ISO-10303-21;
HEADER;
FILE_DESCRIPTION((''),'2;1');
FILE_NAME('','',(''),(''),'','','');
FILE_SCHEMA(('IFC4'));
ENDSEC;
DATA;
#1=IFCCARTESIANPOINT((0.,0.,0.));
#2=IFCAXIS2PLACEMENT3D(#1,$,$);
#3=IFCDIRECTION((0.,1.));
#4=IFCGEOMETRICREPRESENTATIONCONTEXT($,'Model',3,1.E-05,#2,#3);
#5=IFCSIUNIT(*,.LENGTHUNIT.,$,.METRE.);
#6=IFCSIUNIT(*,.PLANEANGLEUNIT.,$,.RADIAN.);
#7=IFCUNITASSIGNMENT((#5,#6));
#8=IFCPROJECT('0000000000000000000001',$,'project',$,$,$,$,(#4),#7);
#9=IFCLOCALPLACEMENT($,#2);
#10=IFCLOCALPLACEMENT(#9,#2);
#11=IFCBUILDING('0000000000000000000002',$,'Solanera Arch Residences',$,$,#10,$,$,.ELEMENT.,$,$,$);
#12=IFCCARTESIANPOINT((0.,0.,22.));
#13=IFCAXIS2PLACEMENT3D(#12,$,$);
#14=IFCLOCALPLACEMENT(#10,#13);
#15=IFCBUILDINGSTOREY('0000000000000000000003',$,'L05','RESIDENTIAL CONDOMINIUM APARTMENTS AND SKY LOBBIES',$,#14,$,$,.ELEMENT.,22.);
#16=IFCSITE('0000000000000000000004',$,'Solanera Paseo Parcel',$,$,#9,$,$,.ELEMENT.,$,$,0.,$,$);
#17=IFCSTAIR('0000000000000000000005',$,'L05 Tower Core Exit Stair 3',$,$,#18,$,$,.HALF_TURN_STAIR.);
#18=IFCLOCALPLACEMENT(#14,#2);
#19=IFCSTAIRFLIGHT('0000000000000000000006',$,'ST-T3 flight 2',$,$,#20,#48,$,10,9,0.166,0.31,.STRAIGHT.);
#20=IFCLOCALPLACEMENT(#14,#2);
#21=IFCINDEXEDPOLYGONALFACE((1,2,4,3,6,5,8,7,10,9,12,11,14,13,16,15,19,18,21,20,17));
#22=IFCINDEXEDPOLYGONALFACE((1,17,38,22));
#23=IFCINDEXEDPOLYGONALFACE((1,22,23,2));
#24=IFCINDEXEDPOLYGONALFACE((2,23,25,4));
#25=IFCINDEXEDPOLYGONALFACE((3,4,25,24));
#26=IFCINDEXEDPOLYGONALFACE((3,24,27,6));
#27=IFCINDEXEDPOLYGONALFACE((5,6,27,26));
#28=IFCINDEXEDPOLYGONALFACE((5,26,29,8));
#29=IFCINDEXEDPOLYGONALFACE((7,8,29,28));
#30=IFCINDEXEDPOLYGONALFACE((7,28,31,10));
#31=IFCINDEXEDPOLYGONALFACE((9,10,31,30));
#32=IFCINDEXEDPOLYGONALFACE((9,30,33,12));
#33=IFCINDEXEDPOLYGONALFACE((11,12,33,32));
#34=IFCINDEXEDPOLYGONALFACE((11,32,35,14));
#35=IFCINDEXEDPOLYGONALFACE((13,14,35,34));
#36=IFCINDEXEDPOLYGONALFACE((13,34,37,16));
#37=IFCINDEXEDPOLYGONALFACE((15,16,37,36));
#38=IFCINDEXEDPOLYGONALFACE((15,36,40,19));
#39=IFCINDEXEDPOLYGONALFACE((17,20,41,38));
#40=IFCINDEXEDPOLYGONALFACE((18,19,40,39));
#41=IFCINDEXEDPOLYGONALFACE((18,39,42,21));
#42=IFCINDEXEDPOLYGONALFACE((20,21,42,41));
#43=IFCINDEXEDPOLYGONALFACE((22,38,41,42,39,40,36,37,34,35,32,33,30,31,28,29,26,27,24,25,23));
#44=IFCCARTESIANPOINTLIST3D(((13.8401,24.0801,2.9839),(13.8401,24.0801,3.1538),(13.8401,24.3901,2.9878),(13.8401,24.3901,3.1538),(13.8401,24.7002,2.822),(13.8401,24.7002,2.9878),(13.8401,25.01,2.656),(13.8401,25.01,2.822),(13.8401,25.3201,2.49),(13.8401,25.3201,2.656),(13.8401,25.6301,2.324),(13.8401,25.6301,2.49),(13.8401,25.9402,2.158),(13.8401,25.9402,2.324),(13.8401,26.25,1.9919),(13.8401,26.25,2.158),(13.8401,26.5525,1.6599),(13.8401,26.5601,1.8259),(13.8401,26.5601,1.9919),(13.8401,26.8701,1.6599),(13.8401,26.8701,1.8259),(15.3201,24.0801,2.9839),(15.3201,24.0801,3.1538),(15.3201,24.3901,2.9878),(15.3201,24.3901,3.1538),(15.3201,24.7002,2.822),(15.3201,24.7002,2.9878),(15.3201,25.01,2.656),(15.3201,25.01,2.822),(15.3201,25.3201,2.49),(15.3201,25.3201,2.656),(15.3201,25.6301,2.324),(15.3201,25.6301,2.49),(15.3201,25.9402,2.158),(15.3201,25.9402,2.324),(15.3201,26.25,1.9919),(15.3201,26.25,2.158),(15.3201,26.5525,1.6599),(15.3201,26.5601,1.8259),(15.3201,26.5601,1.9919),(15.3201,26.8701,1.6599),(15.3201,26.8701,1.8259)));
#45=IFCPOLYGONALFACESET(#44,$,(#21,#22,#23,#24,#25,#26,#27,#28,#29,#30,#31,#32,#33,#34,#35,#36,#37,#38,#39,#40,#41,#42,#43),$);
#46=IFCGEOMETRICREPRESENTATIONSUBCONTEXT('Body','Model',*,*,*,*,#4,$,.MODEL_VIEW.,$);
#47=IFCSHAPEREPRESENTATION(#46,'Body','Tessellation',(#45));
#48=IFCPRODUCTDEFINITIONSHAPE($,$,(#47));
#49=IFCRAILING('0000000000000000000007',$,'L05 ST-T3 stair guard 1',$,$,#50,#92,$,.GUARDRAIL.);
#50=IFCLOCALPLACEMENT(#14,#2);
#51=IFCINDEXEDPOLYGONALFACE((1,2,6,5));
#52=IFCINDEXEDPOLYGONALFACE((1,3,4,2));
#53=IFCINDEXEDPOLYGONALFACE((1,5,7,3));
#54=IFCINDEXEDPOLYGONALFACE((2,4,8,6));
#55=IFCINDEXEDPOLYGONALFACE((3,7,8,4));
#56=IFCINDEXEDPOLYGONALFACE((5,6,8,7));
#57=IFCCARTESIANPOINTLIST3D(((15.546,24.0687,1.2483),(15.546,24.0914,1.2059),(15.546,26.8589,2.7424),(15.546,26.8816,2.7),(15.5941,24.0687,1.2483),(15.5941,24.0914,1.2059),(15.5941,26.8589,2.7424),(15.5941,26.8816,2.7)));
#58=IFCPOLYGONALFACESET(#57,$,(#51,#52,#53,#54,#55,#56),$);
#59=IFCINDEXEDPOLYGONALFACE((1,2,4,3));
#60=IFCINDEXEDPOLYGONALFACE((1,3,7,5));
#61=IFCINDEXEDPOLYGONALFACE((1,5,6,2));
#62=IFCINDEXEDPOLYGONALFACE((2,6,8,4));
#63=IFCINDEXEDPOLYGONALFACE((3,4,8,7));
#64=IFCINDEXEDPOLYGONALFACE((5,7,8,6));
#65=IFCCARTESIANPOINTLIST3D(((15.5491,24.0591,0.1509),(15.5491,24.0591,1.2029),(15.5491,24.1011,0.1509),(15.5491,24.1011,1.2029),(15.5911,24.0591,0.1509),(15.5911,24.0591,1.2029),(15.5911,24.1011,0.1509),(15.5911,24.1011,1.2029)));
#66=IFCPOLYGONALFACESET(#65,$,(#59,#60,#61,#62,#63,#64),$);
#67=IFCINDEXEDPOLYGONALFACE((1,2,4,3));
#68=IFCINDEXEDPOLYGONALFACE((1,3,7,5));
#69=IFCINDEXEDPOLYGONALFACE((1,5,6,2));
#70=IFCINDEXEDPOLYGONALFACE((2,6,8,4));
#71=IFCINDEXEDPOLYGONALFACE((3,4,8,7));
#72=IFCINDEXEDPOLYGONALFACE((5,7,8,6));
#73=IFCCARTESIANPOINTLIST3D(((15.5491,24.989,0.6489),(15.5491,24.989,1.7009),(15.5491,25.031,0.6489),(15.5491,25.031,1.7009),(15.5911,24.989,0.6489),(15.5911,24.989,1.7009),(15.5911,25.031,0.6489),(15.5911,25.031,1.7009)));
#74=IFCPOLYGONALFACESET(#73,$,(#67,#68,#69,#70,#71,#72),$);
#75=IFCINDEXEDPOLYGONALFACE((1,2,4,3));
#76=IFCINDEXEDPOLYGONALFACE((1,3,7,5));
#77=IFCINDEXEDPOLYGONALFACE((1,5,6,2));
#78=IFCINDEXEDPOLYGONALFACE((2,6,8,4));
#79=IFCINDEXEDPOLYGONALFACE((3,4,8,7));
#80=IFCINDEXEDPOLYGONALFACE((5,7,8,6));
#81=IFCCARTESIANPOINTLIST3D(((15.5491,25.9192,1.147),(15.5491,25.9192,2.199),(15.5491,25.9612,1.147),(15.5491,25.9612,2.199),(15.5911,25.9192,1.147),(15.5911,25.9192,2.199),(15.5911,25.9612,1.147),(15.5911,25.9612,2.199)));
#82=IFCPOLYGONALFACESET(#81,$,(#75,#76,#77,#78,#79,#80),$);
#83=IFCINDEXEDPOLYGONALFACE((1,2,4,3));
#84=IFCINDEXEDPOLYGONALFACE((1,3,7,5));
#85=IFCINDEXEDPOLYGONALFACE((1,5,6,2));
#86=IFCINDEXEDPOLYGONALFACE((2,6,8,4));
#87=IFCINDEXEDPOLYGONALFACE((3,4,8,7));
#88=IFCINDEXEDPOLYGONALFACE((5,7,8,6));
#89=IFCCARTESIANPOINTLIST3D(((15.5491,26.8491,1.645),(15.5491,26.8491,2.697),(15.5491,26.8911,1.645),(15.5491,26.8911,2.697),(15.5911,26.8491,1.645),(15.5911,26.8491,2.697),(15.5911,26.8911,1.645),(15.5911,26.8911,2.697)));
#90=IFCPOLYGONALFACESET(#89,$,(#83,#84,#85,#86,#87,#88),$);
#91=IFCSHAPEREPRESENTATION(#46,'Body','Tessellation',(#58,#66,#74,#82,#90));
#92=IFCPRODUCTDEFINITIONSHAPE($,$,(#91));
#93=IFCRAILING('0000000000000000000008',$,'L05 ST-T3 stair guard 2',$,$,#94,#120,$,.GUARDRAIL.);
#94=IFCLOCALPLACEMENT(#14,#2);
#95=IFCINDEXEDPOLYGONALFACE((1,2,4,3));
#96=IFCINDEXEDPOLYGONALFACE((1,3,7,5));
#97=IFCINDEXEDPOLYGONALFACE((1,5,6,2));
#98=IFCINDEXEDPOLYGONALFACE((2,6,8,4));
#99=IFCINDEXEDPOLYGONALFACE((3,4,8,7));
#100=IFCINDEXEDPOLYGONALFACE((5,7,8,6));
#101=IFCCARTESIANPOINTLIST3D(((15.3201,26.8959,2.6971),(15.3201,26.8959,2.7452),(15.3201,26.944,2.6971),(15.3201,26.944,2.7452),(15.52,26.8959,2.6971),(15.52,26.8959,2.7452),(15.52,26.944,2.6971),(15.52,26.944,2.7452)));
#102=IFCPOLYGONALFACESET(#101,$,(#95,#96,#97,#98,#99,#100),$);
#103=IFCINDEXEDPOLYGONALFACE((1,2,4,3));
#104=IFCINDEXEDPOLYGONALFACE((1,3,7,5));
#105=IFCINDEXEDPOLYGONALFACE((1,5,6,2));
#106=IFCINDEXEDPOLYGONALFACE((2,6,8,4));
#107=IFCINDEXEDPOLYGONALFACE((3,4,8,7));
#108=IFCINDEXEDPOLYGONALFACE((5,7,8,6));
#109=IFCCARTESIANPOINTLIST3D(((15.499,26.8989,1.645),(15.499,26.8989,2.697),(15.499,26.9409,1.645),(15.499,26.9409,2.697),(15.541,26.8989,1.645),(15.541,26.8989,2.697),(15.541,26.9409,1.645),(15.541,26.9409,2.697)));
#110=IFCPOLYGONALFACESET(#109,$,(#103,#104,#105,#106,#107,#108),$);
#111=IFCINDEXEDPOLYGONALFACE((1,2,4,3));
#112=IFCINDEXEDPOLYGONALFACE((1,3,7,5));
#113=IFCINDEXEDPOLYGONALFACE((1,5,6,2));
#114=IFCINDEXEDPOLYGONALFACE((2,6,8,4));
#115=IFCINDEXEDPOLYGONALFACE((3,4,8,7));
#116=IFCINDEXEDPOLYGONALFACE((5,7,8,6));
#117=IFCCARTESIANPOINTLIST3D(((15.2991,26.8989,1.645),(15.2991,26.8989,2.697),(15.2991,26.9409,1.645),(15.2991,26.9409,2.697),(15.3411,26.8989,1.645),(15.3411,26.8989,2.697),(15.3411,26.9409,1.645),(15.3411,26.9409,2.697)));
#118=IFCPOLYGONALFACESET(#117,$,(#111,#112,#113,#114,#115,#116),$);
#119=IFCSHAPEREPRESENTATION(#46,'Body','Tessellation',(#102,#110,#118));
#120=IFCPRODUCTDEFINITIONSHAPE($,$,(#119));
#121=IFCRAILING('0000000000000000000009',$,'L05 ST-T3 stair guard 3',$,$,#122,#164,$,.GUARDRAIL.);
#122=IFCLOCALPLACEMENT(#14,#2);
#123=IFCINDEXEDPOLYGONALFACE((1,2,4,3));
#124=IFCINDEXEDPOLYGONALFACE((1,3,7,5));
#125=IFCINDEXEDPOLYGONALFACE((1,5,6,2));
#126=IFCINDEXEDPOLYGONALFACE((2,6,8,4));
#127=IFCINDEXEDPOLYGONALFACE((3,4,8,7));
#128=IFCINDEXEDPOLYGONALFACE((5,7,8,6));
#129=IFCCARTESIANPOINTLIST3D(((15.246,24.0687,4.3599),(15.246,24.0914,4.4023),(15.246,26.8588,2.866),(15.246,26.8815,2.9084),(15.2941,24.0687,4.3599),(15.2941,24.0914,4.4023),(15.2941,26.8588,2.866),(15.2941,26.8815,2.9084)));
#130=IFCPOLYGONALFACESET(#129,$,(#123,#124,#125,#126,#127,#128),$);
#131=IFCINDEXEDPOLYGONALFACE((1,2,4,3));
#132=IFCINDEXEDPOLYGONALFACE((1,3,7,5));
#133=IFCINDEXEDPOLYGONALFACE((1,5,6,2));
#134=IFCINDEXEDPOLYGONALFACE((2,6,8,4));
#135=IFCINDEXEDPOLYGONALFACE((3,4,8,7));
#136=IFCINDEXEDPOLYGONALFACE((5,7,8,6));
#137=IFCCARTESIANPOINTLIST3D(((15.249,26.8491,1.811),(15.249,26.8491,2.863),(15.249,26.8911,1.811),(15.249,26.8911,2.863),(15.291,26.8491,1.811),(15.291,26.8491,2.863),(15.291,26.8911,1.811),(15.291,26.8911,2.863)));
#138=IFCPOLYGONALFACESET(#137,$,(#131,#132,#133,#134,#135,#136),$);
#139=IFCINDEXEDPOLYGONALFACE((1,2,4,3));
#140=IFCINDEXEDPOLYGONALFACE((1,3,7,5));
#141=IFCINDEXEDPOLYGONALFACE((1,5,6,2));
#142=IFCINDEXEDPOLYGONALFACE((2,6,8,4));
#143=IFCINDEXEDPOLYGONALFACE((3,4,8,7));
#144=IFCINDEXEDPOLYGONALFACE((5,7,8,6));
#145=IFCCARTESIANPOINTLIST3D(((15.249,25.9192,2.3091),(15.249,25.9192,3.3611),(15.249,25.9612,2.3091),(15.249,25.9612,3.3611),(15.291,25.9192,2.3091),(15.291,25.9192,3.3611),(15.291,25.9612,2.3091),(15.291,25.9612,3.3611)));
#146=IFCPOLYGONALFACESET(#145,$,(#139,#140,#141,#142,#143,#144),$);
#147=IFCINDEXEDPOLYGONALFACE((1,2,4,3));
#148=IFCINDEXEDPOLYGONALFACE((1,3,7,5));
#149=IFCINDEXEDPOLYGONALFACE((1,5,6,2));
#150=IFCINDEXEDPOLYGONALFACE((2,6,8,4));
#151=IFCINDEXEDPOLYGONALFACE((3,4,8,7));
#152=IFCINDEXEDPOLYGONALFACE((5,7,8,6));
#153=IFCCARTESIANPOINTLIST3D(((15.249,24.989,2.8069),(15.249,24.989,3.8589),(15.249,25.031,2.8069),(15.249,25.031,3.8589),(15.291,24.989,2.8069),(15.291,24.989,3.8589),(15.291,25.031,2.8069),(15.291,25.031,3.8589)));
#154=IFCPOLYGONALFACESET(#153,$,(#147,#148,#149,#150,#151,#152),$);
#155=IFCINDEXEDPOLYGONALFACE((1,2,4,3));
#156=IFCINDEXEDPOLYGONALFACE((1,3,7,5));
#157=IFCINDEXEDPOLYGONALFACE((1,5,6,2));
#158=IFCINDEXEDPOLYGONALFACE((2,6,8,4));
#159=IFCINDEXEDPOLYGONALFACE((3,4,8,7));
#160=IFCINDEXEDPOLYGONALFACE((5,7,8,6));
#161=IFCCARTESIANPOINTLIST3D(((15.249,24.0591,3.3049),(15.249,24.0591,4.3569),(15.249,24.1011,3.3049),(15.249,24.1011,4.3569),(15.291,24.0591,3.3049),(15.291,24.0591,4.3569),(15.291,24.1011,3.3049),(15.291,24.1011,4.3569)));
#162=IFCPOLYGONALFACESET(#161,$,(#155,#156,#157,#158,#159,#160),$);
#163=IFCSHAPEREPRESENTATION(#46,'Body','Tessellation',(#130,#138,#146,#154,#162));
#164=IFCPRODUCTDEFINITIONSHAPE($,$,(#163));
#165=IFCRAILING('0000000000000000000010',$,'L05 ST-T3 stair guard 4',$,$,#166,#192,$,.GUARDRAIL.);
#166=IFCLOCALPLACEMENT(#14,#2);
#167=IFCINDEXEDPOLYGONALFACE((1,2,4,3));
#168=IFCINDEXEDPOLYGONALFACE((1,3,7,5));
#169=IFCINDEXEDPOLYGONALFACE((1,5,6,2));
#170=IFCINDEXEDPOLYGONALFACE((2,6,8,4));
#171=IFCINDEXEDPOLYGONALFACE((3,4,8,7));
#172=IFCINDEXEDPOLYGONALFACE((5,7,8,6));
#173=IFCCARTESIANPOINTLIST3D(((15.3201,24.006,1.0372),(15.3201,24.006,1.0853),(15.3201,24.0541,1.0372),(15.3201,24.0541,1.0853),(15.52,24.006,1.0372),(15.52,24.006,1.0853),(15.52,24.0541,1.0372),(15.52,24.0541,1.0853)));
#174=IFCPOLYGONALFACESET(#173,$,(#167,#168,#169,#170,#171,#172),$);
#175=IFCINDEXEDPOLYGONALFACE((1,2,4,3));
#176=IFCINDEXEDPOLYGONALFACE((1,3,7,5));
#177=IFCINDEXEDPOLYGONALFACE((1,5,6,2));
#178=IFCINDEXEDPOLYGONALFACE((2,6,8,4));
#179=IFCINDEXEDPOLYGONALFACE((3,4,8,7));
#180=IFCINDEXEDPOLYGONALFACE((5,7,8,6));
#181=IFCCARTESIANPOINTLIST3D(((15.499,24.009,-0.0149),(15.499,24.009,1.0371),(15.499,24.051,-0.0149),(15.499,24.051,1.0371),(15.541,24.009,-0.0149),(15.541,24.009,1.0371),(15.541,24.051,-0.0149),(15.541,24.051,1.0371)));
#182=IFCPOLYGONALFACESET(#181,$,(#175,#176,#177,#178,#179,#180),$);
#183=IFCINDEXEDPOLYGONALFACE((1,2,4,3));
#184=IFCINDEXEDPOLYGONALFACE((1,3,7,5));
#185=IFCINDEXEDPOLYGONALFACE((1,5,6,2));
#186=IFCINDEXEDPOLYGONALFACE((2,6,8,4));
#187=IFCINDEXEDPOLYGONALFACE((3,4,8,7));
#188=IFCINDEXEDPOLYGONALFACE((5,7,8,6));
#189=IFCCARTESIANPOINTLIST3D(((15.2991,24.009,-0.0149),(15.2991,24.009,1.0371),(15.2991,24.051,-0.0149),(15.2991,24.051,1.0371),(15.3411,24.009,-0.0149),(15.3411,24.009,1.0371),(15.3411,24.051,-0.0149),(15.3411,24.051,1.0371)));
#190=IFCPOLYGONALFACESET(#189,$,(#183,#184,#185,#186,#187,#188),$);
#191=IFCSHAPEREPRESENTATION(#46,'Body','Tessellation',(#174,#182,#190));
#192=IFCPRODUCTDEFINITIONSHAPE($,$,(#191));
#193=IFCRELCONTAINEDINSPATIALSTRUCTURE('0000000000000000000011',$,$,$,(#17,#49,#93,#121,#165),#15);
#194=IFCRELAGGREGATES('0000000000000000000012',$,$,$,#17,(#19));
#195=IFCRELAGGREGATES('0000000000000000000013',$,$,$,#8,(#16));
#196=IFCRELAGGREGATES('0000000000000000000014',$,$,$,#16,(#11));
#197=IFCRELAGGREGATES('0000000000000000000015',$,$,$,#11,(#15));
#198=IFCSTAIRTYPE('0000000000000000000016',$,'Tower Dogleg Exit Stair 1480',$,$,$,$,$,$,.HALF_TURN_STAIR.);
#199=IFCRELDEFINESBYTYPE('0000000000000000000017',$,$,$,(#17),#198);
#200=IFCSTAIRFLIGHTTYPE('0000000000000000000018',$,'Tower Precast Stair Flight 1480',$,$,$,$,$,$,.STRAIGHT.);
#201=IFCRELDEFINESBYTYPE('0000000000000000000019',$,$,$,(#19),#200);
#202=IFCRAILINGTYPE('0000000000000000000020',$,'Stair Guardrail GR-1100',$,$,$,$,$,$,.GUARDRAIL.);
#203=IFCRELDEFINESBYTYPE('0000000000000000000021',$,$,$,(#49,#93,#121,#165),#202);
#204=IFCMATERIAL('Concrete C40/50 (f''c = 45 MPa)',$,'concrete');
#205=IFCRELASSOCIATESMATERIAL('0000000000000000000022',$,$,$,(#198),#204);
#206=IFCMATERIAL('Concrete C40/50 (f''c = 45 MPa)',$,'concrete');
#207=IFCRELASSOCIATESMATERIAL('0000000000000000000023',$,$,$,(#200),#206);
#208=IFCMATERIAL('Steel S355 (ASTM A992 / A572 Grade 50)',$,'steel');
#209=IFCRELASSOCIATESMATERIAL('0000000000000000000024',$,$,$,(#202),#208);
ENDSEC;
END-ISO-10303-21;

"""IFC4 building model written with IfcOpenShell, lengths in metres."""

from ifc_helpers import new_model, si_unit, direction, frame, origin, origin_2d, place, context, subcontext, project, spatial, polyline, rectangle, outline, extrude, material, type_object, element, aggregate, save


model = new_model("IFC4")

# Units and contexts
model_context = context("Model", 3, precision=1e-05, world=origin(), true_north=direction((0.0, 1.0)))
body_context = subcontext(model_context, "Body", "Model", "MODEL_VIEW")
ifc_project = project(units=[si_unit("LENGTHUNIT", "METRE"), si_unit("PLANEANGLEUNIT", "RADIAN")], contexts=[model_context])

# Site, building, storey
site_placement = place(None, origin())
site = spatial("IfcSite", under=ifc_project, at=site_placement, Name="Solanera Paseo Parcel", CompositionType="ELEMENT", RefElevation=0.0)
building_placement = place(site_placement, origin())
building = spatial("IfcBuilding", under=site, at=building_placement, Name="Solanera Arch Residences", CompositionType="ELEMENT")
storey_placement = place(building_placement, frame((0.0, 0.0, 22.0)))
storey = spatial("IfcBuildingStorey", under=building, at=storey_placement, Name="L05", Description="RESIDENTIAL CONDOMINIUM APARTMENTS AND SKY LOBBIES", CompositionType="ELEMENT", Elevation=22.0)

# Stair, stair flight
ifc_material_1 = material(Name="Concrete C40/50 (f'c = 45 MPa)", Category="concrete")
stair_type = type_object("IfcStairType", Name="Tower Dogleg Exit Stair 1480", PredefinedType="HALF_TURN_STAIR", material=ifc_material_1)
stair_placement = place(storey_placement, origin())
stair = element("IfcStair", 1, at=stair_placement, inside=storey, type_object=stair_type, Name="L05 Tower Core Exit Stair 3", PredefinedType="HALF_TURN_STAIR")
ifc_material_2 = material(Name="Concrete C40/50 (f'c = 45 MPa)", Category="concrete")
stair_flight_type = type_object("IfcStairFlightType", Name="Tower Precast Stair Flight 1480", PredefinedType="STRAIGHT", material=ifc_material_2)
stair_flight_1_placement = place(storey_placement, frame((14.5801, 26.8701, 1.6599), z_axis=(0.0, 0.0, 1.0), x_axis=(0.0, -1.0, 0.0)))
stair_flight_1 = element("IfcStairFlight", 2, at=stair_flight_1_placement, type_object=stair_flight_type, Name="ST-T3 flight 2", NumberOfRisers=10, NumberOfTreads=9, PredefinedType="STRAIGHT", RiserHeight=0.166, TreadLength=0.31, context=body_context, shape_type="SweptSolid", body=[
    extrude(outline(polyline([(0.0, 0.0), (0.0, 0.166), (0.3101, 0.166), (0.3101, 0.332), (0.6201, 0.332), (0.6201, 0.498), (0.9299, 0.498), (0.9299, 0.6641), (1.24, 0.6641), (1.24, 0.8301), (1.55, 0.8301), (1.55, 0.9961), (1.8601, 0.9961), (1.8601, 1.1621), (2.1699, 1.1621), (2.1699, 1.3279), (2.48, 1.3279), (2.48, 1.4939), (2.79, 1.4939), (2.79, 1.6599), (2.79, 1.324), (0.3176, 0.0), (0.0, 0.0)])), frame((0.0, 0.74, 0.0), z_axis=(0.0, -1.0, 0.0), x_axis=(1.0, 0.0, 0.0)), (0.0, 0.0, 1.0), 1.48),
])
aggregate(stair, [stair_flight_1])

# Railings
ifc_material_3 = material(Name="Steel S355 (ASTM A992 / A572 Grade 50)", Category="steel")
railing_type_1 = type_object("IfcRailingType", Name="Stair Guardrail GR-1100", PredefinedType="GUARDRAIL", material=ifc_material_3)
railing_1_placement = place(storey_placement, frame((15.5701, 24.0801, 0.1509)))
element("IfcRailing", 3, at=railing_1_placement, inside=storey, type_object=railing_type_1, Name="L05 ST-T3 stair guard 1", PredefinedType="GUARDRAIL", context=body_context, shape_type="SweptSolid", body=[
    extrude(rectangle(XDim=0.0481, YDim=0.0481, at=origin_2d()), frame((0.0, 0.0, 1.0762), z_axis=(0.0, 0.881549, 0.472093), x_axis=(-1.0, 0.0, 0.0)), (0.0, 0.0, 1.0), 3.165),
    extrude(rectangle(XDim=0.042, YDim=0.042, at=origin_2d()), origin(), (0.0, 0.0, 1.0), 1.052),
    extrude(rectangle(XDim=0.042, YDim=0.042, at=origin_2d()), frame((0.0, 0.9299, 0.498)), (0.0, 0.0, 1.0), 1.052),
    extrude(rectangle(XDim=0.042, YDim=0.042, at=origin_2d()), frame((0.0, 1.8601, 0.9961)), (0.0, 0.0, 1.0), 1.052),
    extrude(rectangle(XDim=0.042, YDim=0.042, at=origin_2d()), frame((0.0, 2.79, 1.4941)), (0.0, 0.0, 1.0), 1.052),
])
railing_2_placement = place(storey_placement, frame((15.52, 26.9199, 1.645)))
element("IfcRailing", 4, at=railing_2_placement, inside=storey, type_object=railing_type_1, Name="L05 ST-T3 stair guard 2", PredefinedType="GUARDRAIL", context=body_context, shape_type="SweptSolid", body=[
    extrude(rectangle(XDim=0.0481, YDim=0.0481, at=origin_2d()), frame((0.0, 0.0, 1.0762), z_axis=(-1.0, 0.0, 0.0), x_axis=(0.0, -1.0, 0.0)), (0.0, 0.0, 1.0), 0.2),
    extrude(rectangle(XDim=0.042, YDim=0.042, at=origin_2d()), origin(), (0.0, 0.0, 1.0), 1.052),
    extrude(rectangle(XDim=0.042, YDim=0.042, at=origin_2d()), frame((-0.2, 0.0, 0.0)), (0.0, 0.0, 1.0), 1.052),
])
railing_3_placement = place(storey_placement, frame((15.27, 26.8701, 1.811)))
element("IfcRailing", 5, at=railing_3_placement, inside=storey, type_object=railing_type_1, Name="L05 ST-T3 stair guard 3", PredefinedType="GUARDRAIL", context=body_context, shape_type="SweptSolid", body=[
    extrude(rectangle(XDim=0.0481, YDim=0.0481, at=origin_2d()), frame((0.0, 0.0, 1.0762), z_axis=(0.0, -0.881581, 0.472033), x_axis=(1.0, 0.0, 0.0)), (0.0, 0.0, 1.0), 3.1648),
    extrude(rectangle(XDim=0.042, YDim=0.042, at=origin_2d()), origin(), (0.0, 0.0, 1.0), 1.052),
    extrude(rectangle(XDim=0.042, YDim=0.042, at=origin_2d()), frame((0.0, -0.9299, 0.498)), (0.0, 0.0, 1.0), 1.052),
    extrude(rectangle(XDim=0.042, YDim=0.042, at=origin_2d()), frame((0.0, -1.8601, 0.9958)), (0.0, 0.0, 1.0), 1.052),
    extrude(rectangle(XDim=0.042, YDim=0.042, at=origin_2d()), frame((0.0, -2.79, 1.4939)), (0.0, 0.0, 1.0), 1.052),
])
railing_4_placement = place(storey_placement, frame((15.52, 24.03, -0.0149)))
element("IfcRailing", 6, at=railing_4_placement, inside=storey, type_object=railing_type_1, Name="L05 ST-T3 stair guard 4", PredefinedType="GUARDRAIL", context=body_context, shape_type="SweptSolid", body=[
    extrude(rectangle(XDim=0.0481, YDim=0.0481, at=origin_2d()), frame((0.0, 0.0, 1.0762), z_axis=(-1.0, 0.0, 0.0), x_axis=(0.0, -1.0, 0.0)), (0.0, 0.0, 1.0), 0.2),
    extrude(rectangle(XDim=0.042, YDim=0.042, at=origin_2d()), origin(), (0.0, 0.0, 1.0), 1.052),
    extrude(rectangle(XDim=0.042, YDim=0.042, at=origin_2d()), frame((-0.2, 0.0, 0.0)), (0.0, 0.0, 1.0), 1.052),
])

save(model, "model.ifc")
